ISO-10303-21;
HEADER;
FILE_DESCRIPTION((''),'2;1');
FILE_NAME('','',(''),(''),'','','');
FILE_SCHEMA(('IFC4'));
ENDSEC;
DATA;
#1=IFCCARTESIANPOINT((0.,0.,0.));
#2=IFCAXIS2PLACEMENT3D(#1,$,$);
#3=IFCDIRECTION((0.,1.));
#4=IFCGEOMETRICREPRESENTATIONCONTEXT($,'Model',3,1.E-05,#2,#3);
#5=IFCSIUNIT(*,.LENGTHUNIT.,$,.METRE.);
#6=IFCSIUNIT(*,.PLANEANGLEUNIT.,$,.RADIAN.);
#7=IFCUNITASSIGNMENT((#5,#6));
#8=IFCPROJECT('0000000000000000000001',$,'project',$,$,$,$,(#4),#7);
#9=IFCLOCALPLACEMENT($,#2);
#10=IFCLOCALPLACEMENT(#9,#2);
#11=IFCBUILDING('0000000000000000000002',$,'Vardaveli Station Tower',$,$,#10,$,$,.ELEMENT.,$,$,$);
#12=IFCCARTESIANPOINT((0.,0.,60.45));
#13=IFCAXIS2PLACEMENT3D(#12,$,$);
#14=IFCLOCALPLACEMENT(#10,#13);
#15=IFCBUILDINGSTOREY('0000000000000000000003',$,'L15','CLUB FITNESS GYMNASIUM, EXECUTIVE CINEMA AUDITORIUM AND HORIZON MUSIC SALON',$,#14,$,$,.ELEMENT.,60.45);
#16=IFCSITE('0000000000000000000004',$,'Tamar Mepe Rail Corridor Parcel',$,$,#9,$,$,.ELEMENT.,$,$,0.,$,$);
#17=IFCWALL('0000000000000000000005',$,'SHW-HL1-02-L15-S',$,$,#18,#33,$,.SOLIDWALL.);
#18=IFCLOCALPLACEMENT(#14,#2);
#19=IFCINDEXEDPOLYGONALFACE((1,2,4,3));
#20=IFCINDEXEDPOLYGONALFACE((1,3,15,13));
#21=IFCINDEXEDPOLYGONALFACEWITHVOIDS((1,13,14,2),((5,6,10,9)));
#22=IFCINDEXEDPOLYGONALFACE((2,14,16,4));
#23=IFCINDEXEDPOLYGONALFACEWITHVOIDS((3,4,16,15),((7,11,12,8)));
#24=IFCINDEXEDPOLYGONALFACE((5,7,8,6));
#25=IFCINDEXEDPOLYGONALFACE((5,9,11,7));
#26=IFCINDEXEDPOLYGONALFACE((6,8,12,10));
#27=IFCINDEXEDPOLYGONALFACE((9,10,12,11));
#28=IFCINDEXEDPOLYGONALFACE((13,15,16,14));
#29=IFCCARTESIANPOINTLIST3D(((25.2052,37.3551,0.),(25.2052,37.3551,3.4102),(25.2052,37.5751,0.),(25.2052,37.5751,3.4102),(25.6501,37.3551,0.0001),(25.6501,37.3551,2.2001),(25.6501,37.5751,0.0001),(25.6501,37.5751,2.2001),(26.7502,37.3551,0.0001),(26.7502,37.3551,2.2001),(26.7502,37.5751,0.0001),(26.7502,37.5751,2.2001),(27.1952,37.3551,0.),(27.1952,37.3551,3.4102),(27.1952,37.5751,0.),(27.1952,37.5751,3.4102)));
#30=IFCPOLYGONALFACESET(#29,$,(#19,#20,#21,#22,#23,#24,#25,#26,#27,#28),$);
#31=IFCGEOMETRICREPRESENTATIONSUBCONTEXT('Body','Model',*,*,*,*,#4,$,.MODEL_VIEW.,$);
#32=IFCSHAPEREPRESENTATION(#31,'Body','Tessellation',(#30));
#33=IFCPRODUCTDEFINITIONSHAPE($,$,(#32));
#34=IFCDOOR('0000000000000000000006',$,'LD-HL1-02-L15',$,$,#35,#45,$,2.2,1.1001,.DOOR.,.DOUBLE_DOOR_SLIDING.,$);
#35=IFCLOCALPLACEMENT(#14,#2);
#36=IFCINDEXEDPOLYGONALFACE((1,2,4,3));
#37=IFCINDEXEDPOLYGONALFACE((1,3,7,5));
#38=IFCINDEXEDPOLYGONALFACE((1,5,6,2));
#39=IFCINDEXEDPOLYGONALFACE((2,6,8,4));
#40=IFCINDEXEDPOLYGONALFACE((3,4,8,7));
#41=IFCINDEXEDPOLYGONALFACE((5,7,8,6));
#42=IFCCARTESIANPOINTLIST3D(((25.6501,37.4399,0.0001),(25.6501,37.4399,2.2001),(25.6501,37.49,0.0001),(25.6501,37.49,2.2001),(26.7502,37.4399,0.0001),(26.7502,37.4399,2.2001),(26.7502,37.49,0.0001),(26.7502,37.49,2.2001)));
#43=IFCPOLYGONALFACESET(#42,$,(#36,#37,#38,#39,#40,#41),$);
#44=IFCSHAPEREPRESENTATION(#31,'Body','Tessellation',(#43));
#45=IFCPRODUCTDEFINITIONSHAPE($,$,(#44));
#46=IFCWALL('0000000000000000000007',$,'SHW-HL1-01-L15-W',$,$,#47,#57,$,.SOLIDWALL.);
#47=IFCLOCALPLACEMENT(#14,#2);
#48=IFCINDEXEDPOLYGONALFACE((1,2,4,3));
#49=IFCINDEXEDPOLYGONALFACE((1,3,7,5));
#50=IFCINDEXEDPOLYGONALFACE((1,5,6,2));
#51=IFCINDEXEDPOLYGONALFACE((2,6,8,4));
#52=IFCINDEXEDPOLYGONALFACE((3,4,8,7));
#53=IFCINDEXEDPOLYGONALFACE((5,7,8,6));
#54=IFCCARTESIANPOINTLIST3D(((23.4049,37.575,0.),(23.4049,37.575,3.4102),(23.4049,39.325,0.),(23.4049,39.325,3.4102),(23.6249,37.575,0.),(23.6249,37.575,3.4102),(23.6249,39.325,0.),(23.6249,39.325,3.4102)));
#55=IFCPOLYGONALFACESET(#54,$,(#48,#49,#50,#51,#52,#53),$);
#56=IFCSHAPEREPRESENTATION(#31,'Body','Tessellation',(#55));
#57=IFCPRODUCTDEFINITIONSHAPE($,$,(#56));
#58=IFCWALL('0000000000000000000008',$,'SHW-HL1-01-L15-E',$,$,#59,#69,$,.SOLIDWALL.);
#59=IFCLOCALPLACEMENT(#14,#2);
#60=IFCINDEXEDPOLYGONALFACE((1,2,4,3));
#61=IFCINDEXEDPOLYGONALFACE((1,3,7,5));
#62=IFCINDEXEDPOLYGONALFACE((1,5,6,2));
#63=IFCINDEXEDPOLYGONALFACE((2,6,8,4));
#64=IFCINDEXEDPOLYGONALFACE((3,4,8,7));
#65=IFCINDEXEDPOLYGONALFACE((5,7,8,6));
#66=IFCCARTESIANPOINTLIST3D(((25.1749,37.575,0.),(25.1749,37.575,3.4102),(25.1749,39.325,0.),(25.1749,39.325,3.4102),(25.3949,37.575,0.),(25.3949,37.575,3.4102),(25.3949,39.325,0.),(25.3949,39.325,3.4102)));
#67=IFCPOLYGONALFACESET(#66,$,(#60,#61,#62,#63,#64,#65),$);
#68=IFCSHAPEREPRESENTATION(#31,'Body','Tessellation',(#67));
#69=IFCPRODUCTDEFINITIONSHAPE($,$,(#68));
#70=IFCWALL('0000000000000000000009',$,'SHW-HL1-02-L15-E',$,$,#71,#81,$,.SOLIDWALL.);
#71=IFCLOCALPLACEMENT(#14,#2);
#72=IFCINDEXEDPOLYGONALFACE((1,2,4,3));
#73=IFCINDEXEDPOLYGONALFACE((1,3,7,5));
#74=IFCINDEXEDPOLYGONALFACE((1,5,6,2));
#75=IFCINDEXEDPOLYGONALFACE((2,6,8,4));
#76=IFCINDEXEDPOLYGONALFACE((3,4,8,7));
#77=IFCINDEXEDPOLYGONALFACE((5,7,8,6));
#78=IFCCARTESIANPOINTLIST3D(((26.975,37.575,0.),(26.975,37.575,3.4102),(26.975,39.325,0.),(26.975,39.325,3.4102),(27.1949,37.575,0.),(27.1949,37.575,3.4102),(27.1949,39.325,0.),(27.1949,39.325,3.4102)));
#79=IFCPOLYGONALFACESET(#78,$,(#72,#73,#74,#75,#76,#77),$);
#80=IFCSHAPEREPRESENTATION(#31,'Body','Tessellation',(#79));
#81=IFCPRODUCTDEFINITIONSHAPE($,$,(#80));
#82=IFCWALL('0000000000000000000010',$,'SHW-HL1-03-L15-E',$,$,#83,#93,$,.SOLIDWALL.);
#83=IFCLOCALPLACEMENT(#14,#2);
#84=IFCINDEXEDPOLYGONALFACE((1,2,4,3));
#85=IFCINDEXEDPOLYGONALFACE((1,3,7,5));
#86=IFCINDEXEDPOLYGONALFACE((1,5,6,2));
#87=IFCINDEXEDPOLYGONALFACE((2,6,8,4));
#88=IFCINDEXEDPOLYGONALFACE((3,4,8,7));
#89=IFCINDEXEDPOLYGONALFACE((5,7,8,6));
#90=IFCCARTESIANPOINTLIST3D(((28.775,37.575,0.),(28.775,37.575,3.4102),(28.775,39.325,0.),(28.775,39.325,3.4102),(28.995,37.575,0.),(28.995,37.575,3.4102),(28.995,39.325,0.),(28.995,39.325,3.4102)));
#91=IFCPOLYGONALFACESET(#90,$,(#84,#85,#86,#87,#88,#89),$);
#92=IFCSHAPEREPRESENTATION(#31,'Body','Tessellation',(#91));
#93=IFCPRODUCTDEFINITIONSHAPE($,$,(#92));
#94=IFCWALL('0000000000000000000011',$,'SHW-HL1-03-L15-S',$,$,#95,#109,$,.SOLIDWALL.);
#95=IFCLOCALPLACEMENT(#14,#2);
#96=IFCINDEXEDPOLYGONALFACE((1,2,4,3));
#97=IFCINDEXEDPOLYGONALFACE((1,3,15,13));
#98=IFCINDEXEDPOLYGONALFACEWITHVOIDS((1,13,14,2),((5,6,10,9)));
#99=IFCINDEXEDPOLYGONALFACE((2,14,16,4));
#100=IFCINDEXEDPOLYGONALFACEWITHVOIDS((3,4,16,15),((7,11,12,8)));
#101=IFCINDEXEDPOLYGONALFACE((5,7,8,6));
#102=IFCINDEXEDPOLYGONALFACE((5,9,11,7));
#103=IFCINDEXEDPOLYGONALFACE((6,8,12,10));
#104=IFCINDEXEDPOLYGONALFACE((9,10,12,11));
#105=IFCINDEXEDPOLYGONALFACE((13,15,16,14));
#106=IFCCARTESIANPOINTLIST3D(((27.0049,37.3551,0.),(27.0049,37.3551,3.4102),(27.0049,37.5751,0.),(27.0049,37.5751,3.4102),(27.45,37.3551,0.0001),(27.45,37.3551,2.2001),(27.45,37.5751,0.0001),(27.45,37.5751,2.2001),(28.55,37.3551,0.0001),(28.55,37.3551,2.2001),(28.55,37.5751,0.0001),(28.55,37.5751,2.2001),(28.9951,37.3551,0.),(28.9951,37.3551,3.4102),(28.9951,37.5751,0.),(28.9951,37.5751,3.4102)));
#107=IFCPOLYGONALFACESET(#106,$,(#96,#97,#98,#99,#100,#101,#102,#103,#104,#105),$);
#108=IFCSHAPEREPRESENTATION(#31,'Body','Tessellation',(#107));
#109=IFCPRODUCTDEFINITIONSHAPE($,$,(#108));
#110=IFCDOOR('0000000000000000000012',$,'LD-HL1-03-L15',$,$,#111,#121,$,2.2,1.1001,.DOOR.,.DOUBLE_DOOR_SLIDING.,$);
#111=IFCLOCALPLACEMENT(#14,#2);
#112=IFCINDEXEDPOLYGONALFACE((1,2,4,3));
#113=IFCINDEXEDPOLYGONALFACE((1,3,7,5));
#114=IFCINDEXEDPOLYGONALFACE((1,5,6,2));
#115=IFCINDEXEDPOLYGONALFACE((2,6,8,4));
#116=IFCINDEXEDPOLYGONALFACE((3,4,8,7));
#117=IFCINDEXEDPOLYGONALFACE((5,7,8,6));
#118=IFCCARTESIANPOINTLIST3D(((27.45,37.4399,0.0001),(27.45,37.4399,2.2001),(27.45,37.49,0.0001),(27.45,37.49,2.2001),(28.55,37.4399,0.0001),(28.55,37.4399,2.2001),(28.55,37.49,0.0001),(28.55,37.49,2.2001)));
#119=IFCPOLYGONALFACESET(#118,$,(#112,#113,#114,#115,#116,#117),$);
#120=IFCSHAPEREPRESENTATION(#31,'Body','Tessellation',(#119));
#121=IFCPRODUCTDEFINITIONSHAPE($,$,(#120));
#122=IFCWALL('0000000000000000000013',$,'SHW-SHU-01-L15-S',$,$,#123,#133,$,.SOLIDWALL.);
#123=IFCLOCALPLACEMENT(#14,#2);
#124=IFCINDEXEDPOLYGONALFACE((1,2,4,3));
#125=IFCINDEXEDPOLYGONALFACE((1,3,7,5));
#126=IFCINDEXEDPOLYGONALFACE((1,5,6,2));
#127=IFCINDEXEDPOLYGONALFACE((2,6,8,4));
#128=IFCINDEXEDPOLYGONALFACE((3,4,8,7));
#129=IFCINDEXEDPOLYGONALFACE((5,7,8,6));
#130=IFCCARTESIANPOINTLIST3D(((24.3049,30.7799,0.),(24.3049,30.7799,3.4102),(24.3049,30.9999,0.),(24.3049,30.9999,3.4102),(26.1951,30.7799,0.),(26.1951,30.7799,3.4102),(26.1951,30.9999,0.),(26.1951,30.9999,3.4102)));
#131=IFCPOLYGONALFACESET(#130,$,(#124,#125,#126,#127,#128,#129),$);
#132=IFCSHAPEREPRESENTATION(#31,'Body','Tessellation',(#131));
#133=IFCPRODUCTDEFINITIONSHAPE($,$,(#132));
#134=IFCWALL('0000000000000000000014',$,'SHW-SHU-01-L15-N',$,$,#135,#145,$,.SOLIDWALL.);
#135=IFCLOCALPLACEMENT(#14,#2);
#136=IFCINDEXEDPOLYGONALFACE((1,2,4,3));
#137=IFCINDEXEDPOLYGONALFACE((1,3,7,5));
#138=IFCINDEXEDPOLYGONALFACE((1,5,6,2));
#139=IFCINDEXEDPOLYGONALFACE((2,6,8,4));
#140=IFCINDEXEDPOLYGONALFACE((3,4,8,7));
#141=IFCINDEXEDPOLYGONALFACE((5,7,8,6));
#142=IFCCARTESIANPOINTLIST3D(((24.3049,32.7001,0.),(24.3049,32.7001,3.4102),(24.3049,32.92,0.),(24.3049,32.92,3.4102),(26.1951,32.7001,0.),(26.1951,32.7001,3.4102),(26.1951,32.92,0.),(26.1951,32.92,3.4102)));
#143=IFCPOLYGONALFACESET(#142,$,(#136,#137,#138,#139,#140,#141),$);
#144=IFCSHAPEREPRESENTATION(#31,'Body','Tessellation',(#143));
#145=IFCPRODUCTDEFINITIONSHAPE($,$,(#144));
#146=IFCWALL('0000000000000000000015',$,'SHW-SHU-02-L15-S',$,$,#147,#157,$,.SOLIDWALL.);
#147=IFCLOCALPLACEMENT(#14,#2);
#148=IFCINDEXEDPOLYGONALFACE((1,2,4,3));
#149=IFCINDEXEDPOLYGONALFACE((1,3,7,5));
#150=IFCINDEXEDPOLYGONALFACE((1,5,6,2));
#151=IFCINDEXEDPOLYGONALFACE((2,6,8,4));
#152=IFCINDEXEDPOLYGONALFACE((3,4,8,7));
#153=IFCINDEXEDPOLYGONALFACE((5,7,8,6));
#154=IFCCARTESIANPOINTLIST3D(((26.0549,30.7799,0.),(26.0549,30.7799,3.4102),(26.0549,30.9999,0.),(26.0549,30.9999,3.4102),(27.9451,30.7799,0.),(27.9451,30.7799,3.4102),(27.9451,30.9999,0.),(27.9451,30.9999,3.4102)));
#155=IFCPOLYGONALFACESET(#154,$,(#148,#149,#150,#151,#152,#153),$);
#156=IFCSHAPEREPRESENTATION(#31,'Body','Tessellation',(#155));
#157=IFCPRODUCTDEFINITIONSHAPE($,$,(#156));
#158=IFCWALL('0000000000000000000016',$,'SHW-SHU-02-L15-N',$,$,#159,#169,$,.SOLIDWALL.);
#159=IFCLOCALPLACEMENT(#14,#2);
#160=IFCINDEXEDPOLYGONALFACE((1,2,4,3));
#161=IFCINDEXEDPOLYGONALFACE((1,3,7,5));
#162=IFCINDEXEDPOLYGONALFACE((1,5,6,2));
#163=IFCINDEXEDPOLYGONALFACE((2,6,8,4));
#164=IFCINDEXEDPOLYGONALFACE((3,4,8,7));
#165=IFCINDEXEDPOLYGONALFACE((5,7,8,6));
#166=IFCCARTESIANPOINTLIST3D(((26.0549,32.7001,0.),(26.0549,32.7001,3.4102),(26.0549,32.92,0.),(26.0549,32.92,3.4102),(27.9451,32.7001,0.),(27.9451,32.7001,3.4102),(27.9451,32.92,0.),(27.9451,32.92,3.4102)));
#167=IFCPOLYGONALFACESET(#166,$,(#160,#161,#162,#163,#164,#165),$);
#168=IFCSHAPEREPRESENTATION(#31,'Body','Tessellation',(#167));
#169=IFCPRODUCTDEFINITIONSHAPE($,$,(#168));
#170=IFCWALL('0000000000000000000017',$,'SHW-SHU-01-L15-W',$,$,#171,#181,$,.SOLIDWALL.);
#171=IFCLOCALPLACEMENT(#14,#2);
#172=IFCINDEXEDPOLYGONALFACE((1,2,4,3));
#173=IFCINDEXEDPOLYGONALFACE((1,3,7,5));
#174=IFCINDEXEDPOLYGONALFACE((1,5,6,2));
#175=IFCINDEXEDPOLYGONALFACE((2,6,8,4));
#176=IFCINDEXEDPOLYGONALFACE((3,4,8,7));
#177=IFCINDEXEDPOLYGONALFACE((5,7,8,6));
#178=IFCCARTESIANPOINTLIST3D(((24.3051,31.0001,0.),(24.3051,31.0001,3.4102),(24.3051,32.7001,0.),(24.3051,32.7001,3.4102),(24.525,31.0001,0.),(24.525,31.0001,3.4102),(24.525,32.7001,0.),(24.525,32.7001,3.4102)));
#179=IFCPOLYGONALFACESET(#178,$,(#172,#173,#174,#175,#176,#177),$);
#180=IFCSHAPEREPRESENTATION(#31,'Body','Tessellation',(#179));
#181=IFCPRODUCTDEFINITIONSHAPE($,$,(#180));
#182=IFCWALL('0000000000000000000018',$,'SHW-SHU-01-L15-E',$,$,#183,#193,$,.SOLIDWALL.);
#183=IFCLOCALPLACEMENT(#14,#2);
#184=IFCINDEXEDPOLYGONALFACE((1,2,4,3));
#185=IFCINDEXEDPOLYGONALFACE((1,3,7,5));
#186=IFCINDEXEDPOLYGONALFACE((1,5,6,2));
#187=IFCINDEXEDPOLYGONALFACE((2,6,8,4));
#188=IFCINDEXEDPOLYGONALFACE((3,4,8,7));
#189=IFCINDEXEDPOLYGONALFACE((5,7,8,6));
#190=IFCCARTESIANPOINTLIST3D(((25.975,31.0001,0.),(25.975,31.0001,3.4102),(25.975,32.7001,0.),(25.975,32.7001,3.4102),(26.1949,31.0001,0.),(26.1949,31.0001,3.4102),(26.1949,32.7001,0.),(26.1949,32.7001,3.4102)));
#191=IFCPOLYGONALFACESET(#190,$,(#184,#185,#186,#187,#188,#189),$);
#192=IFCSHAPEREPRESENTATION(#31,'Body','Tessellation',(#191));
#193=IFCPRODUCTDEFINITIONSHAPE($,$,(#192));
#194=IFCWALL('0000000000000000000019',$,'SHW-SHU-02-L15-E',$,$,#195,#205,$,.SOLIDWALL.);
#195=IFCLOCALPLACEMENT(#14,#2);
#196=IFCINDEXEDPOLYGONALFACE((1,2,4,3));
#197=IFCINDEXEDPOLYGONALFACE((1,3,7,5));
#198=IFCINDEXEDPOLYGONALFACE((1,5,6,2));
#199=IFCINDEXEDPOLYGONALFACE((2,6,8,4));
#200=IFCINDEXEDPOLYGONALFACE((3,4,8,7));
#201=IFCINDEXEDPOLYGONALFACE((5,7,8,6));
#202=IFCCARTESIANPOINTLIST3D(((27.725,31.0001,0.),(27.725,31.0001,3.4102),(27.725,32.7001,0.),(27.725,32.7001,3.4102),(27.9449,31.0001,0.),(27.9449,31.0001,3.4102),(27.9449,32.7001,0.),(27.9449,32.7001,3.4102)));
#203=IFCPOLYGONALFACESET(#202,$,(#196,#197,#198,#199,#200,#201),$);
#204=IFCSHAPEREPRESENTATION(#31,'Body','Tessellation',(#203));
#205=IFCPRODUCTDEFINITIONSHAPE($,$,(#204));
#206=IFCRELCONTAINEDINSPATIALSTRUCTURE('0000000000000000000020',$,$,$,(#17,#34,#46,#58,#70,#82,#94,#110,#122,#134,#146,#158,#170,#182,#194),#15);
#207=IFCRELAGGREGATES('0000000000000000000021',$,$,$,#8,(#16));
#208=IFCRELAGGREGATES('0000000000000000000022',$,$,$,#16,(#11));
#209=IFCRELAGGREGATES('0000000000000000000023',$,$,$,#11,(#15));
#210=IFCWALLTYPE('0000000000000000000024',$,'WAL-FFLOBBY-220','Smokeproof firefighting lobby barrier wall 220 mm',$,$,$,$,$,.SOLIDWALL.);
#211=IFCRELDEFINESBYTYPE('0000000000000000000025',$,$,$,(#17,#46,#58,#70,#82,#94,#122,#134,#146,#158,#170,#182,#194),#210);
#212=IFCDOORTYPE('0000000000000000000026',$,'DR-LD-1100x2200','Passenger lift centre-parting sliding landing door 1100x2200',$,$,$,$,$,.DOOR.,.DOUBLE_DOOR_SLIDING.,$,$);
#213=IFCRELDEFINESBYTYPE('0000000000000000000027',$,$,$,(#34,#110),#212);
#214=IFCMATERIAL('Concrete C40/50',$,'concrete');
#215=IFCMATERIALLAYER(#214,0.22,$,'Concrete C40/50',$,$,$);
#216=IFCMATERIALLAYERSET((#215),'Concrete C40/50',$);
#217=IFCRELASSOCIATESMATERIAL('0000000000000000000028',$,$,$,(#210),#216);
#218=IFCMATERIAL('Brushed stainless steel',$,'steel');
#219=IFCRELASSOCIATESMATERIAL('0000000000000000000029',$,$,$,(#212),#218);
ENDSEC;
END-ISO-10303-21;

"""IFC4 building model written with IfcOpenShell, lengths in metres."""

from ifc_helpers import new_model, si_unit, direction, frame, frame_2d, origin, place, context, subcontext, project, spatial, rectangle, extrude, source, transform, mapped, material, layer, layer_set, type_object, element, fill, save


model = new_model("IFC4")

# Units and contexts
model_context = context("Model", 3, precision=1e-05, world=origin(), true_north=direction((0.0, 1.0)))
body_context = subcontext(model_context, "Body", "Model", "MODEL_VIEW")
ifc_project = project(units=[si_unit("LENGTHUNIT", "METRE"), si_unit("PLANEANGLEUNIT", "RADIAN")], contexts=[model_context])

# Site, building, storey
site_placement = place(None, origin())
site = spatial("IfcSite", under=ifc_project, at=site_placement, Name="Tamar Mepe Rail Corridor Parcel", CompositionType="ELEMENT", RefElevation=0.0)
building_placement = place(site_placement, origin())
building = spatial("IfcBuilding", under=site, at=building_placement, Name="Vardaveli Station Tower", CompositionType="ELEMENT")
storey_placement = place(building_placement, frame((0.0, 0.0, 60.45)))
storey = spatial("IfcBuildingStorey", under=building, at=storey_placement, Name="L15", Description="CLUB FITNESS GYMNASIUM, EXECUTIVE CINEMA AUDITORIUM AND HORIZON MUSIC SALON", CompositionType="ELEMENT", Elevation=60.45)

# Shared definitions
ifc_material_1 = material(Name="Concrete C40/50", Category="concrete")

# Shared definitions
ifc_layer_1 = layer(ifc_material_1, 0.22, Name="Concrete C40/50")
ifc_layer_set_1 = layer_set([ifc_layer_1], Name="Concrete C40/50")
wall_type_1 = type_object("IfcWallType", Name="WAL-FFLOBBY-220", Description="Smokeproof firefighting lobby barrier wall 220 mm", PredefinedType="SOLIDWALL", material=ifc_layer_set_1)
shared_shape_1 = source(origin(), body_context, "Body", "SweptSolid", [
    extrude(rectangle(XDim=1.99, YDim=0.22, at=frame_2d((0.9951, 0.0))), origin(), (0.0, 0.0, 1.0), 3.4102),
])
shared_shape_2 = source(origin(), body_context, "Body", "SweptSolid", [
    extrude(rectangle(XDim=1.1001, YDim=2.2, at=frame_2d((0.55, 1.1001))), frame((0.0, 0.1201, 0.0), z_axis=(0.0, -1.0, 0.0), x_axis=(1.0, 0.0, 0.0)), (0.0, 0.0, 1.0), 0.24),
])
ifc_material_2 = material(Name="Brushed stainless steel", Category="steel")
door_type = type_object("IfcDoorType", Name="DR-LD-1100x2200", Description="Passenger lift centre-parting sliding landing door 1100x2200", OperationType="DOUBLE_DOOR_SLIDING", PredefinedType="DOOR", material=ifc_material_2)
shared_shape_3 = source(origin(), body_context, "Body", "SweptSolid", [
    extrude(rectangle(XDim=1.1001, YDim=2.2, at=frame_2d((0.55, 1.1001))), frame((0.0, 0.0249, 0.0), z_axis=(0.0, -1.0, 0.0), x_axis=(1.0, 0.0, 0.0)), (0.0, 0.0, 1.0), 0.05),
])

# Wall, opening, door
wall_1_placement = place(storey_placement, frame((25.2051, 37.4651, 0.0), z_axis=(0.0, 0.0, 1.0), x_axis=(1.0, 0.0, 0.0)))
wall_1 = element("IfcWall", 1, at=wall_1_placement, inside=storey, type_object=wall_type_1, Name="SHW-HL1-02-L15-S", PredefinedType="SOLIDWALL", context=body_context, shape_type="MappedRepresentation", body=[
    mapped(shared_shape_1, transform((0.0, 0.0, 0.0), scale=1.0)),
])
opening_1_placement = place(wall_1_placement, frame((0.4451, 0.0, 0.0)))
opening_1 = element("IfcOpeningElement", 2, at=opening_1_placement, cuts=wall_1, PredefinedType="OPENING", context=body_context, shape_type="MappedRepresentation", body=[
    mapped(shared_shape_2, transform((0.0, 0.0, 0.0), scale=1.0)),
])
door_1_placement = place(opening_1_placement, origin())
door_1 = element("IfcDoor", 3, at=door_1_placement, inside=storey, type_object=door_type, Name="LD-HL1-02-L15", OperationType="DOUBLE_DOOR_SLIDING", OverallHeight=2.2, OverallWidth=1.1001, PredefinedType="DOOR", context=body_context, shape_type="MappedRepresentation", body=[
    mapped(shared_shape_3, transform((0.0, 0.0, 0.0), scale=1.0)),
])
fill(opening_1, door_1)

# Walls
shared_shape_4 = source(origin(), body_context, "Body", "SweptSolid", [
    extrude(rectangle(XDim=1.75, YDim=0.22, at=frame_2d((0.875, 0.0))), origin(), (0.0, 0.0, 1.0), 3.4102),
])
for number, where, z_axis, x_axis, name in (
    (4, (23.5149, 37.575, 0.0), (0.0, 0.0, 1.0), (0.0, 1.0, 0.0), "SHW-HL1-01-L15-W"),
    (5, (25.2849, 37.575, 0.0), (0.0, 0.0, 1.0), (0.0, 1.0, 0.0), "SHW-HL1-01-L15-E"),
    (6, (27.085, 37.575, 0.0), (0.0, 0.0, 1.0), (0.0, 1.0, 0.0), "SHW-HL1-02-L15-E"),
    (7, (28.885, 37.575, 0.0), (0.0, 0.0, 1.0), (0.0, 1.0, 0.0), "SHW-HL1-03-L15-E"),
):
    element("IfcWall", number, at=place(storey_placement, frame(where, z_axis=z_axis, x_axis=x_axis)), inside=storey, type_object=wall_type_1, Name=name, PredefinedType="SOLIDWALL", context=body_context, shape_type="MappedRepresentation", body=[
        mapped(shared_shape_4, transform((0.0, 0.0, 0.0), scale=1.0)),
    ])

# Wall, opening, door
shared_shape_5 = source(origin(), body_context, "Body", "SweptSolid", [
    extrude(rectangle(XDim=1.9902, YDim=0.22, at=frame_2d((0.9951, 0.0))), origin(), (0.0, 0.0, 1.0), 3.4102),
])
wall_2_placement = place(storey_placement, frame((27.0049, 37.4651, 0.0), z_axis=(0.0, 0.0, 1.0), x_axis=(1.0, 0.0, 0.0)))
wall_2 = element("IfcWall", 8, at=wall_2_placement, inside=storey, type_object=wall_type_1, Name="SHW-HL1-03-L15-S", PredefinedType="SOLIDWALL", context=body_context, shape_type="MappedRepresentation", body=[
    mapped(shared_shape_5, transform((0.0, 0.0, 0.0), scale=1.0)),
])
opening_2_placement = place(wall_2_placement, frame((0.4451, 0.0, 0.0)))
opening_2 = element("IfcOpeningElement", 9, at=opening_2_placement, cuts=wall_2, PredefinedType="OPENING", context=body_context, shape_type="MappedRepresentation", body=[
    mapped(shared_shape_2, transform((0.0, 0.0, 0.0), scale=1.0)),
])
door_2_placement = place(opening_2_placement, origin())
door_2 = element("IfcDoor", 10, at=door_2_placement, inside=storey, type_object=door_type, Name="LD-HL1-03-L15", OperationType="DOUBLE_DOOR_SLIDING", OverallHeight=2.2, OverallWidth=1.1001, PredefinedType="DOOR", context=body_context, shape_type="MappedRepresentation", body=[
    mapped(shared_shape_3, transform((0.0, 0.0, 0.0), scale=1.0)),
])
fill(opening_2, door_2)

# Walls
shared_shape_6 = source(origin(), body_context, "Body", "SweptSolid", [
    extrude(rectangle(XDim=1.8901, YDim=0.22, at=frame_2d((0.9451, 0.0))), origin(), (0.0, 0.0, 1.0), 3.4102),
])
for number, where, z_axis, x_axis, name in (
    (11, (24.3049, 30.8899, 0.0), (0.0, 0.0, 1.0), (1.0, 0.0, 0.0), "SHW-SHU-01-L15-S"),
    (12, (24.3049, 32.8101, 0.0), (0.0, 0.0, 1.0), (1.0, 0.0, 0.0), "SHW-SHU-01-L15-N"),
    (13, (26.0549, 30.8899, 0.0), (0.0, 0.0, 1.0), (1.0, 0.0, 0.0), "SHW-SHU-02-L15-S"),
    (14, (26.0549, 32.8101, 0.0), (0.0, 0.0, 1.0), (1.0, 0.0, 0.0), "SHW-SHU-02-L15-N"),
):
    element("IfcWall", number, at=place(storey_placement, frame(where, z_axis=z_axis, x_axis=x_axis)), inside=storey, type_object=wall_type_1, Name=name, PredefinedType="SOLIDWALL", context=body_context, shape_type="MappedRepresentation", body=[
        mapped(shared_shape_6, transform((0.0, 0.0, 0.0), scale=1.0)),
    ])
shared_shape_7 = source(origin(), body_context, "Body", "SweptSolid", [
    extrude(rectangle(XDim=1.7, YDim=0.22, at=frame_2d((0.8501, 0.0))), origin(), (0.0, 0.0, 1.0), 3.4102),
])
for number, where, z_axis, x_axis, name in (
    (15, (24.415, 31.0, 0.0), (0.0, 0.0, 1.0), (0.0, 1.0, 0.0), "SHW-SHU-01-L15-W"),
    (16, (26.085, 31.0, 0.0), (0.0, 0.0, 1.0), (0.0, 1.0, 0.0), "SHW-SHU-01-L15-E"),
    (17, (27.835, 31.0, 0.0), (0.0, 0.0, 1.0), (0.0, 1.0, 0.0), "SHW-SHU-02-L15-E"),
):
    element("IfcWall", number, at=place(storey_placement, frame(where, z_axis=z_axis, x_axis=x_axis)), inside=storey, type_object=wall_type_1, Name=name, PredefinedType="SOLIDWALL", context=body_context, shape_type="MappedRepresentation", body=[
        mapped(shared_shape_7, transform((0.0, 0.0, 0.0), scale=1.0)),
    ])

save(model, "model.ifc")
